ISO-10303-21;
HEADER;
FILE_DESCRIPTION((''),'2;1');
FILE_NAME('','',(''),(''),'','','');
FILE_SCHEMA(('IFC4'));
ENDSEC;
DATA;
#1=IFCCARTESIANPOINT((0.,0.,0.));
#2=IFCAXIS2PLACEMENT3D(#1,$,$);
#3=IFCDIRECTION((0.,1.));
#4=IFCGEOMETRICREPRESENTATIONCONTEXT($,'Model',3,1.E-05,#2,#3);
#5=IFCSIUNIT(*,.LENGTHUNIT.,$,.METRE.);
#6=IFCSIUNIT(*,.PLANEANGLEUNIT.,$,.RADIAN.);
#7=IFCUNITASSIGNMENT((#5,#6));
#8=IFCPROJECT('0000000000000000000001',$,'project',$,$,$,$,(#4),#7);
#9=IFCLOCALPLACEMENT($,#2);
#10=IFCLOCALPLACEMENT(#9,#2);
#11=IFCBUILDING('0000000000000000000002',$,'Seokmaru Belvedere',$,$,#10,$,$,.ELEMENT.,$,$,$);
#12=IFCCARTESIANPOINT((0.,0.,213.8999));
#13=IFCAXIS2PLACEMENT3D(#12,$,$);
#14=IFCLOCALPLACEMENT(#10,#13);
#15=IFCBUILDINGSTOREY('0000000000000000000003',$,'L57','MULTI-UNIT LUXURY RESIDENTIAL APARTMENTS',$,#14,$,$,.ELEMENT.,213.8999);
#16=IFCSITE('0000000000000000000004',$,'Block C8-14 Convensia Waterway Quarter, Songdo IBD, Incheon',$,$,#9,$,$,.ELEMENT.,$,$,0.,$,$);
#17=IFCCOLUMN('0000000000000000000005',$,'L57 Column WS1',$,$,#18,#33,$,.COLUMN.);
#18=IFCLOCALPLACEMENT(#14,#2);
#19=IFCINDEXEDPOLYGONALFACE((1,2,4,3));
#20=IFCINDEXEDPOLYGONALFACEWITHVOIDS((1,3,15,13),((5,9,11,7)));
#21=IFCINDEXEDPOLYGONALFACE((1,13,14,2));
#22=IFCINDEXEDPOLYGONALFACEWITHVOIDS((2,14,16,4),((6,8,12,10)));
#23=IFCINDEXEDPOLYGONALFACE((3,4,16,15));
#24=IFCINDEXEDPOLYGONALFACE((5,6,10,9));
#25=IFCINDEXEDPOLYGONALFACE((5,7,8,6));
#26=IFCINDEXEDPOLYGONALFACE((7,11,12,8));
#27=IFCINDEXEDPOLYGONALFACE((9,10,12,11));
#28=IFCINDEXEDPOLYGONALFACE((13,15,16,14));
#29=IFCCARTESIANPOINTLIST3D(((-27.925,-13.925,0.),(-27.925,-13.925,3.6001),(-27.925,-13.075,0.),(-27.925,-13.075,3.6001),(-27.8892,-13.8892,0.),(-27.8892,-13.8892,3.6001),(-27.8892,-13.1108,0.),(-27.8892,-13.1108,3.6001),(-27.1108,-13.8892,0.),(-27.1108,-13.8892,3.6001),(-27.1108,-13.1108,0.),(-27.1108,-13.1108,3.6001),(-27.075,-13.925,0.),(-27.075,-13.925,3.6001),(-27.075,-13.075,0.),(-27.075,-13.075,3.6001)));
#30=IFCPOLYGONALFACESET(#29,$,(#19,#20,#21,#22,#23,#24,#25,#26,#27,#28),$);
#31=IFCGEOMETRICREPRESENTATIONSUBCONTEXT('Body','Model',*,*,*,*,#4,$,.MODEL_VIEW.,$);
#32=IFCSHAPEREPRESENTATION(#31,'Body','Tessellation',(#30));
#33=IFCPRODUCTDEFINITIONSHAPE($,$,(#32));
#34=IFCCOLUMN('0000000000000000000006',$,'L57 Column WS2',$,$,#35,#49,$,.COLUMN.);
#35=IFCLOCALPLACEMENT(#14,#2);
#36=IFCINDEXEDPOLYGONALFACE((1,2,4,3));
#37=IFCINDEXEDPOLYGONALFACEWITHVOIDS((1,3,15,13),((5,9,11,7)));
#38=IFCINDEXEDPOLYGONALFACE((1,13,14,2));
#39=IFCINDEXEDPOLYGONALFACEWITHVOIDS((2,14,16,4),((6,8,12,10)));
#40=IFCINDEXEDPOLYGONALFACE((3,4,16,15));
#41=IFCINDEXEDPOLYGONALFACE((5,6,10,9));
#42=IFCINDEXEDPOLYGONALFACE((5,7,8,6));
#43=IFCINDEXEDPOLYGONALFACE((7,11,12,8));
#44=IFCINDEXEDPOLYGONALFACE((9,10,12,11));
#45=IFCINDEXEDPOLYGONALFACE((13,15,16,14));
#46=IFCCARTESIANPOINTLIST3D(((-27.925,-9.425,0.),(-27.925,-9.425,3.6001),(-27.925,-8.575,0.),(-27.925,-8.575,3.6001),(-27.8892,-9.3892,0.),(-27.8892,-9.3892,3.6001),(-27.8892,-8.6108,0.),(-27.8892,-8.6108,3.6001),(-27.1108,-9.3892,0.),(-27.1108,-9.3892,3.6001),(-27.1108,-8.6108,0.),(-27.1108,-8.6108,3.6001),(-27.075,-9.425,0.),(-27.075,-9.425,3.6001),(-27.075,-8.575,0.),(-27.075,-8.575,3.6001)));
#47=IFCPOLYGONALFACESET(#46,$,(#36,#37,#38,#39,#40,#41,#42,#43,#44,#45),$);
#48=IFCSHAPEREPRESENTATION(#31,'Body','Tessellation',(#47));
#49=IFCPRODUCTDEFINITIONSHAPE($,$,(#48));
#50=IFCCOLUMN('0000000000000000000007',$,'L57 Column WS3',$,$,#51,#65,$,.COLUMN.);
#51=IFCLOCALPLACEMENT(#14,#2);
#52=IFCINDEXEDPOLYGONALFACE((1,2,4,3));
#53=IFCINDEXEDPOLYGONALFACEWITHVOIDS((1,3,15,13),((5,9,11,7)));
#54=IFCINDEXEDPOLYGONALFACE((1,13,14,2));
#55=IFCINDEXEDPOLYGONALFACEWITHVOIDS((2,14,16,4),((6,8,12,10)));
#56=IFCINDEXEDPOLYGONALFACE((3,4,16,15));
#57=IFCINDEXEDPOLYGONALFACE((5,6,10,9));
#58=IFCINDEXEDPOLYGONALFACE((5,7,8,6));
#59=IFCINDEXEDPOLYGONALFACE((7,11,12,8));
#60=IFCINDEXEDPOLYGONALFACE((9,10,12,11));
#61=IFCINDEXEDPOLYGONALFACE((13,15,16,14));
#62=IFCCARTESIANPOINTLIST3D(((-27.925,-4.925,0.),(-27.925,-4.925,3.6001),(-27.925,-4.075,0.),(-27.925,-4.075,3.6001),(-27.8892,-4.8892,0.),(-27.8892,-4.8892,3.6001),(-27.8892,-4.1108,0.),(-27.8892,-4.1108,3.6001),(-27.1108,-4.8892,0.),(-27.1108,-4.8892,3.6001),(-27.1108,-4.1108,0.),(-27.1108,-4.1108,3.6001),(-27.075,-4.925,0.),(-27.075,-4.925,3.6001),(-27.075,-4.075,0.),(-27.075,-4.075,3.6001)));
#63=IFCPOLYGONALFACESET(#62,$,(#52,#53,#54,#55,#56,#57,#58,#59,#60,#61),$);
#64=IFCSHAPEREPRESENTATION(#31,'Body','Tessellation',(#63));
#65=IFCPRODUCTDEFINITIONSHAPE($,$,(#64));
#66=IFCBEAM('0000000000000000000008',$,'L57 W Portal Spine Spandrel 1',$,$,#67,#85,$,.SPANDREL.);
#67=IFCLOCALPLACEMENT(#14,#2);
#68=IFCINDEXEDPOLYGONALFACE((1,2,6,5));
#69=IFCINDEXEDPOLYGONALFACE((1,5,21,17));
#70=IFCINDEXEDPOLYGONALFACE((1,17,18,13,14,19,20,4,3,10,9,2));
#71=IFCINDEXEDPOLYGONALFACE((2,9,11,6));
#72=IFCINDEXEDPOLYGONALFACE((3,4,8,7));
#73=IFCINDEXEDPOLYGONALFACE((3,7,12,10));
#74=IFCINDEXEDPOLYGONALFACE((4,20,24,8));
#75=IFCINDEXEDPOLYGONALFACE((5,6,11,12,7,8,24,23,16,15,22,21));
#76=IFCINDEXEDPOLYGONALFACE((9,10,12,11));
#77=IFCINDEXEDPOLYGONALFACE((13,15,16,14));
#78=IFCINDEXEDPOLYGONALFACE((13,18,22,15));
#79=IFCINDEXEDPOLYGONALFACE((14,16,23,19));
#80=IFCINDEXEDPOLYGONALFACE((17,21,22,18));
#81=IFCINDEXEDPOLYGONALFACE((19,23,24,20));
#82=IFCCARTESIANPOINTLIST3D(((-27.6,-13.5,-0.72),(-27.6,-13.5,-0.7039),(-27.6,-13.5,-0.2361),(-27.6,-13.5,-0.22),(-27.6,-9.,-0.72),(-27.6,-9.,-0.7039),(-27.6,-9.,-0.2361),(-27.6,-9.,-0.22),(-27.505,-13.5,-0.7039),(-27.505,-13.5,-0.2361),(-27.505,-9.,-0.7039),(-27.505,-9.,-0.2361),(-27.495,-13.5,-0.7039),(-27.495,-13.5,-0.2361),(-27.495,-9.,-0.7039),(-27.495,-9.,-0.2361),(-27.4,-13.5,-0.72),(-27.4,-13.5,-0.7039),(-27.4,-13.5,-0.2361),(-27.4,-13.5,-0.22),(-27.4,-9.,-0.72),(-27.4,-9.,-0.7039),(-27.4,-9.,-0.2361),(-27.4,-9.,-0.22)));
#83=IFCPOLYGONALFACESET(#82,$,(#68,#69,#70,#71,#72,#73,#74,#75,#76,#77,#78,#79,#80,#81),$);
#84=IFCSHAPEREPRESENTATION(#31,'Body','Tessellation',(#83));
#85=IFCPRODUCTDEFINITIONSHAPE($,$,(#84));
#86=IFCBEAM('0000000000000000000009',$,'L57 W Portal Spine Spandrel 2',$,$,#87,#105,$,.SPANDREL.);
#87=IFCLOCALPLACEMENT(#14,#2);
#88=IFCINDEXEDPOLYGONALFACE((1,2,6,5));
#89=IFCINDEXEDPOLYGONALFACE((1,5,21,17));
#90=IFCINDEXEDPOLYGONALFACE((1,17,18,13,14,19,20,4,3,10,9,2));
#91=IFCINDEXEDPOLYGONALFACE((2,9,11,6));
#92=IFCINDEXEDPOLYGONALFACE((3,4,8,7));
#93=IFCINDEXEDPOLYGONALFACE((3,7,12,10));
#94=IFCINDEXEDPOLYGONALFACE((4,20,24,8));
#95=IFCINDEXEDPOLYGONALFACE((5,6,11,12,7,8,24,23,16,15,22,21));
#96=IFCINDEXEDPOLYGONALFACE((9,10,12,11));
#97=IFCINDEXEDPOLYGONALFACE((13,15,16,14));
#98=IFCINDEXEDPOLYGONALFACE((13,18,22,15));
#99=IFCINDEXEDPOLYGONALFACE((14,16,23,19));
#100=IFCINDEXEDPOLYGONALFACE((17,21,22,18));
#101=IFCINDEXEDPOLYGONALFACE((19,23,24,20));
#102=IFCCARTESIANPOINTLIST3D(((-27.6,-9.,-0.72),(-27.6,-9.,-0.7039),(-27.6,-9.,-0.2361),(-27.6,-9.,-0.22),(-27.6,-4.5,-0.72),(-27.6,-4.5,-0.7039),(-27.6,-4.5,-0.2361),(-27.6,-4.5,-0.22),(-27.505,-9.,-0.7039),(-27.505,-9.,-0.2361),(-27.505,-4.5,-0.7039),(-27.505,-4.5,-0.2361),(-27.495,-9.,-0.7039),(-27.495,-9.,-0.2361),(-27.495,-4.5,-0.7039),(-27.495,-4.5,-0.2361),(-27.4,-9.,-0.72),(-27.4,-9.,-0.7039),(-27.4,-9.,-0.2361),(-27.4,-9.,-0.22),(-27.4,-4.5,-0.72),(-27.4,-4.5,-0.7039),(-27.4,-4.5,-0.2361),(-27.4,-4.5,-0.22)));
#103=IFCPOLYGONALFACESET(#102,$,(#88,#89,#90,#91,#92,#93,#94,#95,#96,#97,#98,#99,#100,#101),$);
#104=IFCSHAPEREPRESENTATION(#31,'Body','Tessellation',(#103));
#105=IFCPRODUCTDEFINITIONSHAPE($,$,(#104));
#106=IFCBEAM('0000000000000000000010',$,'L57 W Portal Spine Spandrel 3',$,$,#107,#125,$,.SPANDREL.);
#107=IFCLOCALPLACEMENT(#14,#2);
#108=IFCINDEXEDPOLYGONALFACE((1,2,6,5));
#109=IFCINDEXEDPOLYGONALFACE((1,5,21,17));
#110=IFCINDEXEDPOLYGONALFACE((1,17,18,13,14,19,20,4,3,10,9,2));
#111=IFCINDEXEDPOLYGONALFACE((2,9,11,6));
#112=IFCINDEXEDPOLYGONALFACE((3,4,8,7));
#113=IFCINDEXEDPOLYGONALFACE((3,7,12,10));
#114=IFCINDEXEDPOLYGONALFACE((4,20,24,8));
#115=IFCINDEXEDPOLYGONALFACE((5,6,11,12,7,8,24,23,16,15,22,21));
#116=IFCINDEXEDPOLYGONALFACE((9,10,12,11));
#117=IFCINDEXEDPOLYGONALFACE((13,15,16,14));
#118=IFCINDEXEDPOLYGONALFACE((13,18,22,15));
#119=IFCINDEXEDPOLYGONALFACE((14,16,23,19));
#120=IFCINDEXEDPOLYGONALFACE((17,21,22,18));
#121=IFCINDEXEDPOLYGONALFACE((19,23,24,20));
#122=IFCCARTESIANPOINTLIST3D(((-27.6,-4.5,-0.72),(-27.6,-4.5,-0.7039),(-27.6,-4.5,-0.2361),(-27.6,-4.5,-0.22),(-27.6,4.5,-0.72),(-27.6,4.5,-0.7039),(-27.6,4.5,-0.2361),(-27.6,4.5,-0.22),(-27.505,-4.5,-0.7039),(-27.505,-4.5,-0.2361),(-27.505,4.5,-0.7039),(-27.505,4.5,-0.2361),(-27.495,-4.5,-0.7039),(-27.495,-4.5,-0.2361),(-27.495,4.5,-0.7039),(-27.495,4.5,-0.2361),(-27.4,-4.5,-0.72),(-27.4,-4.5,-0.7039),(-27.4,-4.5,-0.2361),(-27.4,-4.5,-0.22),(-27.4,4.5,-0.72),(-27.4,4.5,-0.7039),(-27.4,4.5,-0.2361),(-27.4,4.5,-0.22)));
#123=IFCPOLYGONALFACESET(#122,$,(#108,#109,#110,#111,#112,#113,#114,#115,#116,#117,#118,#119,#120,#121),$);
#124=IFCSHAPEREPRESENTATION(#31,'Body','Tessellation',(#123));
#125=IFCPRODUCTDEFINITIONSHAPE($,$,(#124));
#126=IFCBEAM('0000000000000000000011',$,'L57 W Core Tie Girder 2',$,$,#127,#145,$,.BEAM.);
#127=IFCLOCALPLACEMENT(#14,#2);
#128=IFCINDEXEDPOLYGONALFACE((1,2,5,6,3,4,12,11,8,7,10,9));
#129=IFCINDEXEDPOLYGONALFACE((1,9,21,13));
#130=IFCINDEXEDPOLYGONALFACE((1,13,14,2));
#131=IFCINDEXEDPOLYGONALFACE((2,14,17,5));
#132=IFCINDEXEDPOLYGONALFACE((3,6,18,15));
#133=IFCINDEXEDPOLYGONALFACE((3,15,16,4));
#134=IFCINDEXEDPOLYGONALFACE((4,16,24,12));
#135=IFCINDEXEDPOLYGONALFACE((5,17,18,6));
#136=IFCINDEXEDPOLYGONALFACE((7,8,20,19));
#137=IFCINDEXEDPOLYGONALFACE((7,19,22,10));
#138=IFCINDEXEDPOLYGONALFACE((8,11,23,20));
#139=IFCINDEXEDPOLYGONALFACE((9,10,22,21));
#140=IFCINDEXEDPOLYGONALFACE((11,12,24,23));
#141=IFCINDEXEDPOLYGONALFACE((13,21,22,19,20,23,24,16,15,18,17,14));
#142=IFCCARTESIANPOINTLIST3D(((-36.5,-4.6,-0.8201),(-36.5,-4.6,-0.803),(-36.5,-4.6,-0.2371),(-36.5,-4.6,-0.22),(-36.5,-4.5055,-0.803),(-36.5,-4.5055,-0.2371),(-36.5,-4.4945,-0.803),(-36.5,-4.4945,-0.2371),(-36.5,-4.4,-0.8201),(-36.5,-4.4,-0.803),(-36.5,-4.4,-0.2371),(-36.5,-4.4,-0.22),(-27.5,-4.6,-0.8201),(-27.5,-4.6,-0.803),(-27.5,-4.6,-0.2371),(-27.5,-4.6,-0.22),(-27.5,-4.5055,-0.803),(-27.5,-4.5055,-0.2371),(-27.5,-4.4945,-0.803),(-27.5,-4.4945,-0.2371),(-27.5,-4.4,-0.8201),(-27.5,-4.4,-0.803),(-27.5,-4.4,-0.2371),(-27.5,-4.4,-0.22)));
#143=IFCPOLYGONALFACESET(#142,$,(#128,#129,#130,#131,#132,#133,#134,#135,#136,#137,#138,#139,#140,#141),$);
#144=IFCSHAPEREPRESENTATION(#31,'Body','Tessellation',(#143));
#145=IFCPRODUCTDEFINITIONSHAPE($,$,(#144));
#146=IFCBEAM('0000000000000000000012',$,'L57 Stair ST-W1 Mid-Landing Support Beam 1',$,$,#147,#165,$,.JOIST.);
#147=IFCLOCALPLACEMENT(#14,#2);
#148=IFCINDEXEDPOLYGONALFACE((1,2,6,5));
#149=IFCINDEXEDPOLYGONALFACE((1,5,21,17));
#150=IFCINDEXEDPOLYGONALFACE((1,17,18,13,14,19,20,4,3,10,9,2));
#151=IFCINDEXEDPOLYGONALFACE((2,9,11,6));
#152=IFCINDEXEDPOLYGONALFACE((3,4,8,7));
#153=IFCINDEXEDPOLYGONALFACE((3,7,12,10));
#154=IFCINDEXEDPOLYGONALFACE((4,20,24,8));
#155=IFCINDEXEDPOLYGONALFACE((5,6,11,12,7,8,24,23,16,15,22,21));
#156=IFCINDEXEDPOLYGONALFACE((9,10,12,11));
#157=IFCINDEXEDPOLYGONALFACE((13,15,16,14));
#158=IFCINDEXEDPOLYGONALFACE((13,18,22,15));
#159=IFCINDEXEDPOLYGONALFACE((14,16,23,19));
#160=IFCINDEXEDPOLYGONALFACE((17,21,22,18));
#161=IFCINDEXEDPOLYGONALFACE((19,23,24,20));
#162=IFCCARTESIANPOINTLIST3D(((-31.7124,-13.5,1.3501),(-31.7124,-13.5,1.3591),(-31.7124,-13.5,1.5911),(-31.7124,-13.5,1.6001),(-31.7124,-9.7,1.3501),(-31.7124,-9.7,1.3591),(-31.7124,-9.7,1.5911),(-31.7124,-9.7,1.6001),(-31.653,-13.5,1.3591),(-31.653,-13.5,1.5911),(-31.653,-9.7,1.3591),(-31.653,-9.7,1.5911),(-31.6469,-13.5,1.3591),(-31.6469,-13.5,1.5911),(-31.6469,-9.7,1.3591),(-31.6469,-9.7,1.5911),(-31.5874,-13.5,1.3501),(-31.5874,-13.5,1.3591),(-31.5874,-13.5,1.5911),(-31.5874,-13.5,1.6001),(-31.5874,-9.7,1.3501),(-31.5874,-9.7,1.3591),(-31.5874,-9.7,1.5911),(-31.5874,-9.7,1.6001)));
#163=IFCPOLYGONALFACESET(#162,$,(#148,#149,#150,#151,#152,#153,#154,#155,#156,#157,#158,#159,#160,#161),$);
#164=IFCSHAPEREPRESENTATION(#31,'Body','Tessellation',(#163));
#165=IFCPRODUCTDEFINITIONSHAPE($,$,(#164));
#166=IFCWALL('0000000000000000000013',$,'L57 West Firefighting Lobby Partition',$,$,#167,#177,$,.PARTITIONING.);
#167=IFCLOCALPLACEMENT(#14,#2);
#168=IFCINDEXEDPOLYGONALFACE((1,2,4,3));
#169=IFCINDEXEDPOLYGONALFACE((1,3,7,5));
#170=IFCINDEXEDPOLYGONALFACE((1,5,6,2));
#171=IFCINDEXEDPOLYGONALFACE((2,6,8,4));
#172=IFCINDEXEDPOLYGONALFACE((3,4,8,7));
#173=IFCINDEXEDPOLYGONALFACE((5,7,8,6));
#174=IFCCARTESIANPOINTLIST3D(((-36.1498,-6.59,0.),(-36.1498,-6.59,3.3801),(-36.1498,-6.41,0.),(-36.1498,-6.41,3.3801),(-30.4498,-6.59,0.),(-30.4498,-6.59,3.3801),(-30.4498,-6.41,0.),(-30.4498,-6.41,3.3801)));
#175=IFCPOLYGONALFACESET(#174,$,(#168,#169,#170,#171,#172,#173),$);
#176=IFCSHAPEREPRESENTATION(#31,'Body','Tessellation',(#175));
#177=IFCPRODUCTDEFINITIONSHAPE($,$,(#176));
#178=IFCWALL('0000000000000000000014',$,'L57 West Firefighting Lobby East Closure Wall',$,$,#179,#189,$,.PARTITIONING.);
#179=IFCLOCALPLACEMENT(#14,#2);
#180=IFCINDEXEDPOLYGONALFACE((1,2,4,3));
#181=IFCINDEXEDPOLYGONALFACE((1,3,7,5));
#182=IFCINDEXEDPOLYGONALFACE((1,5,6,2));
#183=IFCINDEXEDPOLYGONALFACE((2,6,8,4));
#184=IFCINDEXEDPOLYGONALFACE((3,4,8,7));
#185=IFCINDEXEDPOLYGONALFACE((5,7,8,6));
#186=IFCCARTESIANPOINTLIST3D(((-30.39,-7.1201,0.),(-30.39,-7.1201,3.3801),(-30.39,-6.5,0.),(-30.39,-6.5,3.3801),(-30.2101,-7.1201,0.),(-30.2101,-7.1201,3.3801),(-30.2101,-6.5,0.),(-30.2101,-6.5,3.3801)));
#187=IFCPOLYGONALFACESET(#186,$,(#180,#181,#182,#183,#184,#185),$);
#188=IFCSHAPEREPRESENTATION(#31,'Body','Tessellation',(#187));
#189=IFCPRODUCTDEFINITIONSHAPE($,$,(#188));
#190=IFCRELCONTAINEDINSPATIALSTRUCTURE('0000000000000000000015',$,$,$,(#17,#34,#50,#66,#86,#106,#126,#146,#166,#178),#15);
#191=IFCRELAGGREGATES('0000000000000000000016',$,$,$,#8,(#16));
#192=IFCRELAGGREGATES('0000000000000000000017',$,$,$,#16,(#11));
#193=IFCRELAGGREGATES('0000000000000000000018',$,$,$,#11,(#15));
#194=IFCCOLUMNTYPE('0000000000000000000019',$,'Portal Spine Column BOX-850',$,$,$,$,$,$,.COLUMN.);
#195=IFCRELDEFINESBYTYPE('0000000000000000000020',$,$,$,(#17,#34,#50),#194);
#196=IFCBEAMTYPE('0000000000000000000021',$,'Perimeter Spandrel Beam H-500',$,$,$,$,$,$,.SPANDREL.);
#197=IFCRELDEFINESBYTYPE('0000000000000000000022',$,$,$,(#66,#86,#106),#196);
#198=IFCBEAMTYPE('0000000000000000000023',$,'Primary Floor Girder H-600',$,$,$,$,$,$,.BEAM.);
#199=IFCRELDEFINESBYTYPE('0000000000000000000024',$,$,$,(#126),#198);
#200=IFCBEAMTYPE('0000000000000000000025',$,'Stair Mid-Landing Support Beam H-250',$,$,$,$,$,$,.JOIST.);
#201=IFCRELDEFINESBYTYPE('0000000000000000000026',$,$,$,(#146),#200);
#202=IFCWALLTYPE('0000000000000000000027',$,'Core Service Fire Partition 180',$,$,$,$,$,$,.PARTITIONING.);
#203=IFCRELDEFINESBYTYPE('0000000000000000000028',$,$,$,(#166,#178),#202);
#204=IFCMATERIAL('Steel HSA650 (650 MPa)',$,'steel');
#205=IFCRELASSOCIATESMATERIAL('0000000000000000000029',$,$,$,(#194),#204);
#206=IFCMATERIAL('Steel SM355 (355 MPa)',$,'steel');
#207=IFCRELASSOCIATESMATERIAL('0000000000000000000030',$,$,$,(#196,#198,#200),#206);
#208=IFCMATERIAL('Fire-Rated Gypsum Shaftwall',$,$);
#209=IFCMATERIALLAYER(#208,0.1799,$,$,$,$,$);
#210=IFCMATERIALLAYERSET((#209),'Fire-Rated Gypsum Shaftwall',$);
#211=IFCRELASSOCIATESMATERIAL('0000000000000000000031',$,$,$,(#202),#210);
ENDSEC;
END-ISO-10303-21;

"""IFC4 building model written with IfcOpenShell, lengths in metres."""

from ifc_helpers import new_model, si_unit, direction, frame, frame_2d, origin, origin_2d, place, context, subcontext, project, spatial, rectangle, hollow_rectangle, i_section, extrude, source, transform, mapped, material, layer, layer_set, material_profile, profile_set, type_object, type_shapes, element, save


model = new_model("IFC4")

# Units and contexts
model_context = context("Model", 3, precision=1e-05, world=origin(), true_north=direction((0.0, 1.0)))
body_context = subcontext(model_context, "Body", "Model", "MODEL_VIEW")
ifc_project = project(units=[si_unit("LENGTHUNIT", "METRE"), si_unit("PLANEANGLEUNIT", "RADIAN")], contexts=[model_context])

# Site, building, storey
site_placement = place(None, origin())
site = spatial("IfcSite", under=ifc_project, at=site_placement, Name="Block C8-14 Convensia Waterway Quarter, Songdo IBD, Incheon", CompositionType="ELEMENT", RefElevation=0.0)
building_placement = place(site_placement, origin())
building = spatial("IfcBuilding", under=site, at=building_placement, Name="Seokmaru Belvedere", CompositionType="ELEMENT")
storey_placement = place(building_placement, frame((0.0, 0.0, 213.8999)))
storey = spatial("IfcBuildingStorey", under=building, at=storey_placement, Name="L57", Description="MULTI-UNIT LUXURY RESIDENTIAL APARTMENTS", CompositionType="ELEMENT", Elevation=213.8999)

# Columns
ifc_material_1 = material(Name="Steel HSA650 (650 MPa)", Category="steel")
ifc_material_profile_1 = material_profile(ifc_material_1, hollow_rectangle(XDim=0.8501, YDim=0.8501, WallThickness=0.0359, at=origin_2d()), Name="BOX-850x850x36")
ifc_profile_set_1 = profile_set([ifc_material_profile_1], Name="Steel HSA650 (650 MPa)")
column_type = type_object("IfcColumnType", Name="Portal Spine Column BOX-850", PredefinedType="COLUMN", material=ifc_profile_set_1)
shared_shape_1 = source(origin(), body_context, "Body", "SweptSolid", [
    extrude(hollow_rectangle(XDim=0.8501, YDim=0.8501, WallThickness=0.0359, at=origin_2d()), origin(), (0.0, 0.0, 1.0), 3.6001),
])
type_shapes(column_type, [shared_shape_1])
for number, where, z_axis, x_axis, name in (
    (1, (-27.5, -13.5, 0.0), (0.0, 0.0, 1.0), (1.0, 0.0, 0.0), "L57 Column WS1"),
    (2, (-27.5, -9.0, 0.0), (0.0, 0.0, 1.0), (1.0, 0.0, 0.0), "L57 Column WS2"),
    (3, (-27.5, -4.5, 0.0), (0.0, 0.0, 1.0), (1.0, 0.0, 0.0), "L57 Column WS3"),
):
    element("IfcColumn", number, at=place(storey_placement, frame(where, z_axis=z_axis, x_axis=x_axis)), inside=storey, type_object=column_type, Name=name, PredefinedType="COLUMN", context=body_context, shape_type="MappedRepresentation", body=[
        mapped(shared_shape_1, transform((0.0, 0.0, 0.0), scale=1.0)),
    ])

# Beams
ifc_material_2 = material(Name="Steel SM355 (355 MPa)", Category="steel")
ifc_material_profile_2 = material_profile(ifc_material_2, i_section(OverallWidth=0.2, OverallDepth=0.5, WebThickness=0.01, FlangeThickness=0.0161, at=origin_2d()), Name="H-500x200x10x16")
ifc_profile_set_2 = profile_set([ifc_material_profile_2], Name="Steel SM355 (355 MPa)")
beam_type_1 = type_object("IfcBeamType", Name="Perimeter Spandrel Beam H-500", PredefinedType="SPANDREL", material=ifc_profile_set_2)
shared_shape_2 = source(origin(), body_context, "Body", "SweptSolid", [
    extrude(i_section(OverallWidth=0.2, OverallDepth=0.5, WebThickness=0.01, FlangeThickness=0.0161, at=origin_2d()), origin(), (0.0, 0.0, 1.0), 4.5),
])
for number, where, z_axis, x_axis, name in (
    (4, (-27.5, -13.5, -0.47), (0.0, 1.0, 0.0), (-1.0, 0.0, 0.0), "L57 W Portal Spine Spandrel 1"),
    (5, (-27.5, -9.0, -0.47), (0.0, 1.0, 0.0), (-1.0, 0.0, 0.0), "L57 W Portal Spine Spandrel 2"),
):
    element("IfcBeam", number, at=place(storey_placement, frame(where, z_axis=z_axis, x_axis=x_axis)), inside=storey, type_object=beam_type_1, Name=name, PredefinedType="SPANDREL", context=body_context, shape_type="MappedRepresentation", body=[
        mapped(shared_shape_2, transform((0.0, 0.0, 0.0), scale=1.0)),
    ])
shared_shape_3 = source(origin(), body_context, "Body", "SweptSolid", [
    extrude(i_section(OverallWidth=0.2, OverallDepth=0.5, WebThickness=0.01, FlangeThickness=0.0161, at=origin_2d()), origin(), (0.0, 0.0, 1.0), 9.0),
])
type_shapes(beam_type_1, [shared_shape_2, shared_shape_3])
beam_1_placement = place(storey_placement, frame((-27.5, -4.5, -0.47), z_axis=(0.0, 1.0, 0.0), x_axis=(-1.0, 0.0, 0.0)))
element("IfcBeam", 6, at=beam_1_placement, inside=storey, type_object=beam_type_1, Name="L57 W Portal Spine Spandrel 3", PredefinedType="SPANDREL", context=body_context, shape_type="MappedRepresentation", body=[
    mapped(shared_shape_3, transform((0.0, 0.0, 0.0), scale=1.0)),
])
ifc_material_profile_3 = material_profile(ifc_material_2, i_section(OverallWidth=0.2, OverallDepth=0.6001, WebThickness=0.011, FlangeThickness=0.0171, at=origin_2d()), Name="H-600x200x11x17")
ifc_profile_set_3 = profile_set([ifc_material_profile_3], Name="Steel SM355 (355 MPa)")
beam_type_2 = type_object("IfcBeamType", Name="Primary Floor Girder H-600", PredefinedType="BEAM", material=ifc_profile_set_3)
shared_shape_4 = source(origin(), body_context, "Body", "SweptSolid", [
    extrude(i_section(OverallWidth=0.2, OverallDepth=0.6001, WebThickness=0.011, FlangeThickness=0.0171, at=origin_2d()), origin(), (0.0, 0.0, 1.0), 9.0),
])
type_shapes(beam_type_2, [shared_shape_4])
beam_2_placement = place(storey_placement, frame((-36.5, -4.5, -0.52), z_axis=(1.0, 0.0, 0.0), x_axis=(0.0, 1.0, 0.0)))
element("IfcBeam", 7, at=beam_2_placement, inside=storey, type_object=beam_type_2, Name="L57 W Core Tie Girder 2", PredefinedType="BEAM", context=body_context, shape_type="MappedRepresentation", body=[
    mapped(shared_shape_4, transform((0.0, 0.0, 0.0), scale=1.0)),
])
ifc_material_profile_4 = material_profile(ifc_material_2, i_section(OverallWidth=0.125, OverallDepth=0.25, WebThickness=0.0061, FlangeThickness=0.009, at=origin_2d()), Name="H-250x125x6x9")
ifc_profile_set_4 = profile_set([ifc_material_profile_4], Name="Steel SM355 (355 MPa)")
beam_type_3 = type_object("IfcBeamType", Name="Stair Mid-Landing Support Beam H-250", PredefinedType="JOIST", material=ifc_profile_set_4)
shared_shape_5 = source(origin(), body_context, "Body", "SweptSolid", [
    extrude(i_section(OverallWidth=0.125, OverallDepth=0.25, WebThickness=0.0061, FlangeThickness=0.009, at=origin_2d()), origin(), (0.0, 0.0, 1.0), 3.8),
])
type_shapes(beam_type_3, [shared_shape_5])
beam_3_placement = place(storey_placement, frame((-31.6499, -13.5, 1.4751), z_axis=(0.0, 1.0, 0.0), x_axis=(-1.0, 0.0, 0.0)))
element("IfcBeam", 8, at=beam_3_placement, inside=storey, type_object=beam_type_3, Name="L57 Stair ST-W1 Mid-Landing Support Beam 1", PredefinedType="JOIST", context=body_context, shape_type="MappedRepresentation", body=[
    mapped(shared_shape_5, transform((0.0, 0.0, 0.0), scale=1.0)),
])

# Walls
ifc_material_3 = material(Name="Fire-Rated Gypsum Shaftwall")
ifc_layer_1 = layer(ifc_material_3, 0.1799)
ifc_layer_set_1 = layer_set([ifc_layer_1], Name="Fire-Rated Gypsum Shaftwall")
wall_type_1 = type_object("IfcWallType", Name="Core Service Fire Partition 180", PredefinedType="PARTITIONING", material=ifc_layer_set_1)
wall_1_placement = place(storey_placement, frame((-36.1499, -6.5, 0.0), z_axis=(0.0, 0.0, 1.0), x_axis=(1.0, 0.0, 0.0)))
element("IfcWall", 9, at=wall_1_placement, inside=storey, type_object=wall_type_1, Name="L57 West Firefighting Lobby Partition", PredefinedType="PARTITIONING", context=body_context, shape_type="SweptSolid", body=[
    extrude(rectangle(XDim=5.7, YDim=0.1799, at=frame_2d((2.8501, 0.0))), origin(), (0.0, 0.0, 1.0), 3.3801),
])
wall_2_placement = place(storey_placement, frame((-30.3, -7.1201, 0.0), z_axis=(0.0, 0.0, 1.0), x_axis=(0.0, 1.0, 0.0)))
element("IfcWall", 10, at=wall_2_placement, inside=storey, type_object=wall_type_1, Name="L57 West Firefighting Lobby East Closure Wall", PredefinedType="PARTITIONING", context=body_context, shape_type="SweptSolid", body=[
    extrude(rectangle(XDim=0.6201, YDim=0.1799, at=frame_2d((0.3101, 0.0))), origin(), (0.0, 0.0, 1.0), 3.3801),
])

save(model, "model.ifc")
